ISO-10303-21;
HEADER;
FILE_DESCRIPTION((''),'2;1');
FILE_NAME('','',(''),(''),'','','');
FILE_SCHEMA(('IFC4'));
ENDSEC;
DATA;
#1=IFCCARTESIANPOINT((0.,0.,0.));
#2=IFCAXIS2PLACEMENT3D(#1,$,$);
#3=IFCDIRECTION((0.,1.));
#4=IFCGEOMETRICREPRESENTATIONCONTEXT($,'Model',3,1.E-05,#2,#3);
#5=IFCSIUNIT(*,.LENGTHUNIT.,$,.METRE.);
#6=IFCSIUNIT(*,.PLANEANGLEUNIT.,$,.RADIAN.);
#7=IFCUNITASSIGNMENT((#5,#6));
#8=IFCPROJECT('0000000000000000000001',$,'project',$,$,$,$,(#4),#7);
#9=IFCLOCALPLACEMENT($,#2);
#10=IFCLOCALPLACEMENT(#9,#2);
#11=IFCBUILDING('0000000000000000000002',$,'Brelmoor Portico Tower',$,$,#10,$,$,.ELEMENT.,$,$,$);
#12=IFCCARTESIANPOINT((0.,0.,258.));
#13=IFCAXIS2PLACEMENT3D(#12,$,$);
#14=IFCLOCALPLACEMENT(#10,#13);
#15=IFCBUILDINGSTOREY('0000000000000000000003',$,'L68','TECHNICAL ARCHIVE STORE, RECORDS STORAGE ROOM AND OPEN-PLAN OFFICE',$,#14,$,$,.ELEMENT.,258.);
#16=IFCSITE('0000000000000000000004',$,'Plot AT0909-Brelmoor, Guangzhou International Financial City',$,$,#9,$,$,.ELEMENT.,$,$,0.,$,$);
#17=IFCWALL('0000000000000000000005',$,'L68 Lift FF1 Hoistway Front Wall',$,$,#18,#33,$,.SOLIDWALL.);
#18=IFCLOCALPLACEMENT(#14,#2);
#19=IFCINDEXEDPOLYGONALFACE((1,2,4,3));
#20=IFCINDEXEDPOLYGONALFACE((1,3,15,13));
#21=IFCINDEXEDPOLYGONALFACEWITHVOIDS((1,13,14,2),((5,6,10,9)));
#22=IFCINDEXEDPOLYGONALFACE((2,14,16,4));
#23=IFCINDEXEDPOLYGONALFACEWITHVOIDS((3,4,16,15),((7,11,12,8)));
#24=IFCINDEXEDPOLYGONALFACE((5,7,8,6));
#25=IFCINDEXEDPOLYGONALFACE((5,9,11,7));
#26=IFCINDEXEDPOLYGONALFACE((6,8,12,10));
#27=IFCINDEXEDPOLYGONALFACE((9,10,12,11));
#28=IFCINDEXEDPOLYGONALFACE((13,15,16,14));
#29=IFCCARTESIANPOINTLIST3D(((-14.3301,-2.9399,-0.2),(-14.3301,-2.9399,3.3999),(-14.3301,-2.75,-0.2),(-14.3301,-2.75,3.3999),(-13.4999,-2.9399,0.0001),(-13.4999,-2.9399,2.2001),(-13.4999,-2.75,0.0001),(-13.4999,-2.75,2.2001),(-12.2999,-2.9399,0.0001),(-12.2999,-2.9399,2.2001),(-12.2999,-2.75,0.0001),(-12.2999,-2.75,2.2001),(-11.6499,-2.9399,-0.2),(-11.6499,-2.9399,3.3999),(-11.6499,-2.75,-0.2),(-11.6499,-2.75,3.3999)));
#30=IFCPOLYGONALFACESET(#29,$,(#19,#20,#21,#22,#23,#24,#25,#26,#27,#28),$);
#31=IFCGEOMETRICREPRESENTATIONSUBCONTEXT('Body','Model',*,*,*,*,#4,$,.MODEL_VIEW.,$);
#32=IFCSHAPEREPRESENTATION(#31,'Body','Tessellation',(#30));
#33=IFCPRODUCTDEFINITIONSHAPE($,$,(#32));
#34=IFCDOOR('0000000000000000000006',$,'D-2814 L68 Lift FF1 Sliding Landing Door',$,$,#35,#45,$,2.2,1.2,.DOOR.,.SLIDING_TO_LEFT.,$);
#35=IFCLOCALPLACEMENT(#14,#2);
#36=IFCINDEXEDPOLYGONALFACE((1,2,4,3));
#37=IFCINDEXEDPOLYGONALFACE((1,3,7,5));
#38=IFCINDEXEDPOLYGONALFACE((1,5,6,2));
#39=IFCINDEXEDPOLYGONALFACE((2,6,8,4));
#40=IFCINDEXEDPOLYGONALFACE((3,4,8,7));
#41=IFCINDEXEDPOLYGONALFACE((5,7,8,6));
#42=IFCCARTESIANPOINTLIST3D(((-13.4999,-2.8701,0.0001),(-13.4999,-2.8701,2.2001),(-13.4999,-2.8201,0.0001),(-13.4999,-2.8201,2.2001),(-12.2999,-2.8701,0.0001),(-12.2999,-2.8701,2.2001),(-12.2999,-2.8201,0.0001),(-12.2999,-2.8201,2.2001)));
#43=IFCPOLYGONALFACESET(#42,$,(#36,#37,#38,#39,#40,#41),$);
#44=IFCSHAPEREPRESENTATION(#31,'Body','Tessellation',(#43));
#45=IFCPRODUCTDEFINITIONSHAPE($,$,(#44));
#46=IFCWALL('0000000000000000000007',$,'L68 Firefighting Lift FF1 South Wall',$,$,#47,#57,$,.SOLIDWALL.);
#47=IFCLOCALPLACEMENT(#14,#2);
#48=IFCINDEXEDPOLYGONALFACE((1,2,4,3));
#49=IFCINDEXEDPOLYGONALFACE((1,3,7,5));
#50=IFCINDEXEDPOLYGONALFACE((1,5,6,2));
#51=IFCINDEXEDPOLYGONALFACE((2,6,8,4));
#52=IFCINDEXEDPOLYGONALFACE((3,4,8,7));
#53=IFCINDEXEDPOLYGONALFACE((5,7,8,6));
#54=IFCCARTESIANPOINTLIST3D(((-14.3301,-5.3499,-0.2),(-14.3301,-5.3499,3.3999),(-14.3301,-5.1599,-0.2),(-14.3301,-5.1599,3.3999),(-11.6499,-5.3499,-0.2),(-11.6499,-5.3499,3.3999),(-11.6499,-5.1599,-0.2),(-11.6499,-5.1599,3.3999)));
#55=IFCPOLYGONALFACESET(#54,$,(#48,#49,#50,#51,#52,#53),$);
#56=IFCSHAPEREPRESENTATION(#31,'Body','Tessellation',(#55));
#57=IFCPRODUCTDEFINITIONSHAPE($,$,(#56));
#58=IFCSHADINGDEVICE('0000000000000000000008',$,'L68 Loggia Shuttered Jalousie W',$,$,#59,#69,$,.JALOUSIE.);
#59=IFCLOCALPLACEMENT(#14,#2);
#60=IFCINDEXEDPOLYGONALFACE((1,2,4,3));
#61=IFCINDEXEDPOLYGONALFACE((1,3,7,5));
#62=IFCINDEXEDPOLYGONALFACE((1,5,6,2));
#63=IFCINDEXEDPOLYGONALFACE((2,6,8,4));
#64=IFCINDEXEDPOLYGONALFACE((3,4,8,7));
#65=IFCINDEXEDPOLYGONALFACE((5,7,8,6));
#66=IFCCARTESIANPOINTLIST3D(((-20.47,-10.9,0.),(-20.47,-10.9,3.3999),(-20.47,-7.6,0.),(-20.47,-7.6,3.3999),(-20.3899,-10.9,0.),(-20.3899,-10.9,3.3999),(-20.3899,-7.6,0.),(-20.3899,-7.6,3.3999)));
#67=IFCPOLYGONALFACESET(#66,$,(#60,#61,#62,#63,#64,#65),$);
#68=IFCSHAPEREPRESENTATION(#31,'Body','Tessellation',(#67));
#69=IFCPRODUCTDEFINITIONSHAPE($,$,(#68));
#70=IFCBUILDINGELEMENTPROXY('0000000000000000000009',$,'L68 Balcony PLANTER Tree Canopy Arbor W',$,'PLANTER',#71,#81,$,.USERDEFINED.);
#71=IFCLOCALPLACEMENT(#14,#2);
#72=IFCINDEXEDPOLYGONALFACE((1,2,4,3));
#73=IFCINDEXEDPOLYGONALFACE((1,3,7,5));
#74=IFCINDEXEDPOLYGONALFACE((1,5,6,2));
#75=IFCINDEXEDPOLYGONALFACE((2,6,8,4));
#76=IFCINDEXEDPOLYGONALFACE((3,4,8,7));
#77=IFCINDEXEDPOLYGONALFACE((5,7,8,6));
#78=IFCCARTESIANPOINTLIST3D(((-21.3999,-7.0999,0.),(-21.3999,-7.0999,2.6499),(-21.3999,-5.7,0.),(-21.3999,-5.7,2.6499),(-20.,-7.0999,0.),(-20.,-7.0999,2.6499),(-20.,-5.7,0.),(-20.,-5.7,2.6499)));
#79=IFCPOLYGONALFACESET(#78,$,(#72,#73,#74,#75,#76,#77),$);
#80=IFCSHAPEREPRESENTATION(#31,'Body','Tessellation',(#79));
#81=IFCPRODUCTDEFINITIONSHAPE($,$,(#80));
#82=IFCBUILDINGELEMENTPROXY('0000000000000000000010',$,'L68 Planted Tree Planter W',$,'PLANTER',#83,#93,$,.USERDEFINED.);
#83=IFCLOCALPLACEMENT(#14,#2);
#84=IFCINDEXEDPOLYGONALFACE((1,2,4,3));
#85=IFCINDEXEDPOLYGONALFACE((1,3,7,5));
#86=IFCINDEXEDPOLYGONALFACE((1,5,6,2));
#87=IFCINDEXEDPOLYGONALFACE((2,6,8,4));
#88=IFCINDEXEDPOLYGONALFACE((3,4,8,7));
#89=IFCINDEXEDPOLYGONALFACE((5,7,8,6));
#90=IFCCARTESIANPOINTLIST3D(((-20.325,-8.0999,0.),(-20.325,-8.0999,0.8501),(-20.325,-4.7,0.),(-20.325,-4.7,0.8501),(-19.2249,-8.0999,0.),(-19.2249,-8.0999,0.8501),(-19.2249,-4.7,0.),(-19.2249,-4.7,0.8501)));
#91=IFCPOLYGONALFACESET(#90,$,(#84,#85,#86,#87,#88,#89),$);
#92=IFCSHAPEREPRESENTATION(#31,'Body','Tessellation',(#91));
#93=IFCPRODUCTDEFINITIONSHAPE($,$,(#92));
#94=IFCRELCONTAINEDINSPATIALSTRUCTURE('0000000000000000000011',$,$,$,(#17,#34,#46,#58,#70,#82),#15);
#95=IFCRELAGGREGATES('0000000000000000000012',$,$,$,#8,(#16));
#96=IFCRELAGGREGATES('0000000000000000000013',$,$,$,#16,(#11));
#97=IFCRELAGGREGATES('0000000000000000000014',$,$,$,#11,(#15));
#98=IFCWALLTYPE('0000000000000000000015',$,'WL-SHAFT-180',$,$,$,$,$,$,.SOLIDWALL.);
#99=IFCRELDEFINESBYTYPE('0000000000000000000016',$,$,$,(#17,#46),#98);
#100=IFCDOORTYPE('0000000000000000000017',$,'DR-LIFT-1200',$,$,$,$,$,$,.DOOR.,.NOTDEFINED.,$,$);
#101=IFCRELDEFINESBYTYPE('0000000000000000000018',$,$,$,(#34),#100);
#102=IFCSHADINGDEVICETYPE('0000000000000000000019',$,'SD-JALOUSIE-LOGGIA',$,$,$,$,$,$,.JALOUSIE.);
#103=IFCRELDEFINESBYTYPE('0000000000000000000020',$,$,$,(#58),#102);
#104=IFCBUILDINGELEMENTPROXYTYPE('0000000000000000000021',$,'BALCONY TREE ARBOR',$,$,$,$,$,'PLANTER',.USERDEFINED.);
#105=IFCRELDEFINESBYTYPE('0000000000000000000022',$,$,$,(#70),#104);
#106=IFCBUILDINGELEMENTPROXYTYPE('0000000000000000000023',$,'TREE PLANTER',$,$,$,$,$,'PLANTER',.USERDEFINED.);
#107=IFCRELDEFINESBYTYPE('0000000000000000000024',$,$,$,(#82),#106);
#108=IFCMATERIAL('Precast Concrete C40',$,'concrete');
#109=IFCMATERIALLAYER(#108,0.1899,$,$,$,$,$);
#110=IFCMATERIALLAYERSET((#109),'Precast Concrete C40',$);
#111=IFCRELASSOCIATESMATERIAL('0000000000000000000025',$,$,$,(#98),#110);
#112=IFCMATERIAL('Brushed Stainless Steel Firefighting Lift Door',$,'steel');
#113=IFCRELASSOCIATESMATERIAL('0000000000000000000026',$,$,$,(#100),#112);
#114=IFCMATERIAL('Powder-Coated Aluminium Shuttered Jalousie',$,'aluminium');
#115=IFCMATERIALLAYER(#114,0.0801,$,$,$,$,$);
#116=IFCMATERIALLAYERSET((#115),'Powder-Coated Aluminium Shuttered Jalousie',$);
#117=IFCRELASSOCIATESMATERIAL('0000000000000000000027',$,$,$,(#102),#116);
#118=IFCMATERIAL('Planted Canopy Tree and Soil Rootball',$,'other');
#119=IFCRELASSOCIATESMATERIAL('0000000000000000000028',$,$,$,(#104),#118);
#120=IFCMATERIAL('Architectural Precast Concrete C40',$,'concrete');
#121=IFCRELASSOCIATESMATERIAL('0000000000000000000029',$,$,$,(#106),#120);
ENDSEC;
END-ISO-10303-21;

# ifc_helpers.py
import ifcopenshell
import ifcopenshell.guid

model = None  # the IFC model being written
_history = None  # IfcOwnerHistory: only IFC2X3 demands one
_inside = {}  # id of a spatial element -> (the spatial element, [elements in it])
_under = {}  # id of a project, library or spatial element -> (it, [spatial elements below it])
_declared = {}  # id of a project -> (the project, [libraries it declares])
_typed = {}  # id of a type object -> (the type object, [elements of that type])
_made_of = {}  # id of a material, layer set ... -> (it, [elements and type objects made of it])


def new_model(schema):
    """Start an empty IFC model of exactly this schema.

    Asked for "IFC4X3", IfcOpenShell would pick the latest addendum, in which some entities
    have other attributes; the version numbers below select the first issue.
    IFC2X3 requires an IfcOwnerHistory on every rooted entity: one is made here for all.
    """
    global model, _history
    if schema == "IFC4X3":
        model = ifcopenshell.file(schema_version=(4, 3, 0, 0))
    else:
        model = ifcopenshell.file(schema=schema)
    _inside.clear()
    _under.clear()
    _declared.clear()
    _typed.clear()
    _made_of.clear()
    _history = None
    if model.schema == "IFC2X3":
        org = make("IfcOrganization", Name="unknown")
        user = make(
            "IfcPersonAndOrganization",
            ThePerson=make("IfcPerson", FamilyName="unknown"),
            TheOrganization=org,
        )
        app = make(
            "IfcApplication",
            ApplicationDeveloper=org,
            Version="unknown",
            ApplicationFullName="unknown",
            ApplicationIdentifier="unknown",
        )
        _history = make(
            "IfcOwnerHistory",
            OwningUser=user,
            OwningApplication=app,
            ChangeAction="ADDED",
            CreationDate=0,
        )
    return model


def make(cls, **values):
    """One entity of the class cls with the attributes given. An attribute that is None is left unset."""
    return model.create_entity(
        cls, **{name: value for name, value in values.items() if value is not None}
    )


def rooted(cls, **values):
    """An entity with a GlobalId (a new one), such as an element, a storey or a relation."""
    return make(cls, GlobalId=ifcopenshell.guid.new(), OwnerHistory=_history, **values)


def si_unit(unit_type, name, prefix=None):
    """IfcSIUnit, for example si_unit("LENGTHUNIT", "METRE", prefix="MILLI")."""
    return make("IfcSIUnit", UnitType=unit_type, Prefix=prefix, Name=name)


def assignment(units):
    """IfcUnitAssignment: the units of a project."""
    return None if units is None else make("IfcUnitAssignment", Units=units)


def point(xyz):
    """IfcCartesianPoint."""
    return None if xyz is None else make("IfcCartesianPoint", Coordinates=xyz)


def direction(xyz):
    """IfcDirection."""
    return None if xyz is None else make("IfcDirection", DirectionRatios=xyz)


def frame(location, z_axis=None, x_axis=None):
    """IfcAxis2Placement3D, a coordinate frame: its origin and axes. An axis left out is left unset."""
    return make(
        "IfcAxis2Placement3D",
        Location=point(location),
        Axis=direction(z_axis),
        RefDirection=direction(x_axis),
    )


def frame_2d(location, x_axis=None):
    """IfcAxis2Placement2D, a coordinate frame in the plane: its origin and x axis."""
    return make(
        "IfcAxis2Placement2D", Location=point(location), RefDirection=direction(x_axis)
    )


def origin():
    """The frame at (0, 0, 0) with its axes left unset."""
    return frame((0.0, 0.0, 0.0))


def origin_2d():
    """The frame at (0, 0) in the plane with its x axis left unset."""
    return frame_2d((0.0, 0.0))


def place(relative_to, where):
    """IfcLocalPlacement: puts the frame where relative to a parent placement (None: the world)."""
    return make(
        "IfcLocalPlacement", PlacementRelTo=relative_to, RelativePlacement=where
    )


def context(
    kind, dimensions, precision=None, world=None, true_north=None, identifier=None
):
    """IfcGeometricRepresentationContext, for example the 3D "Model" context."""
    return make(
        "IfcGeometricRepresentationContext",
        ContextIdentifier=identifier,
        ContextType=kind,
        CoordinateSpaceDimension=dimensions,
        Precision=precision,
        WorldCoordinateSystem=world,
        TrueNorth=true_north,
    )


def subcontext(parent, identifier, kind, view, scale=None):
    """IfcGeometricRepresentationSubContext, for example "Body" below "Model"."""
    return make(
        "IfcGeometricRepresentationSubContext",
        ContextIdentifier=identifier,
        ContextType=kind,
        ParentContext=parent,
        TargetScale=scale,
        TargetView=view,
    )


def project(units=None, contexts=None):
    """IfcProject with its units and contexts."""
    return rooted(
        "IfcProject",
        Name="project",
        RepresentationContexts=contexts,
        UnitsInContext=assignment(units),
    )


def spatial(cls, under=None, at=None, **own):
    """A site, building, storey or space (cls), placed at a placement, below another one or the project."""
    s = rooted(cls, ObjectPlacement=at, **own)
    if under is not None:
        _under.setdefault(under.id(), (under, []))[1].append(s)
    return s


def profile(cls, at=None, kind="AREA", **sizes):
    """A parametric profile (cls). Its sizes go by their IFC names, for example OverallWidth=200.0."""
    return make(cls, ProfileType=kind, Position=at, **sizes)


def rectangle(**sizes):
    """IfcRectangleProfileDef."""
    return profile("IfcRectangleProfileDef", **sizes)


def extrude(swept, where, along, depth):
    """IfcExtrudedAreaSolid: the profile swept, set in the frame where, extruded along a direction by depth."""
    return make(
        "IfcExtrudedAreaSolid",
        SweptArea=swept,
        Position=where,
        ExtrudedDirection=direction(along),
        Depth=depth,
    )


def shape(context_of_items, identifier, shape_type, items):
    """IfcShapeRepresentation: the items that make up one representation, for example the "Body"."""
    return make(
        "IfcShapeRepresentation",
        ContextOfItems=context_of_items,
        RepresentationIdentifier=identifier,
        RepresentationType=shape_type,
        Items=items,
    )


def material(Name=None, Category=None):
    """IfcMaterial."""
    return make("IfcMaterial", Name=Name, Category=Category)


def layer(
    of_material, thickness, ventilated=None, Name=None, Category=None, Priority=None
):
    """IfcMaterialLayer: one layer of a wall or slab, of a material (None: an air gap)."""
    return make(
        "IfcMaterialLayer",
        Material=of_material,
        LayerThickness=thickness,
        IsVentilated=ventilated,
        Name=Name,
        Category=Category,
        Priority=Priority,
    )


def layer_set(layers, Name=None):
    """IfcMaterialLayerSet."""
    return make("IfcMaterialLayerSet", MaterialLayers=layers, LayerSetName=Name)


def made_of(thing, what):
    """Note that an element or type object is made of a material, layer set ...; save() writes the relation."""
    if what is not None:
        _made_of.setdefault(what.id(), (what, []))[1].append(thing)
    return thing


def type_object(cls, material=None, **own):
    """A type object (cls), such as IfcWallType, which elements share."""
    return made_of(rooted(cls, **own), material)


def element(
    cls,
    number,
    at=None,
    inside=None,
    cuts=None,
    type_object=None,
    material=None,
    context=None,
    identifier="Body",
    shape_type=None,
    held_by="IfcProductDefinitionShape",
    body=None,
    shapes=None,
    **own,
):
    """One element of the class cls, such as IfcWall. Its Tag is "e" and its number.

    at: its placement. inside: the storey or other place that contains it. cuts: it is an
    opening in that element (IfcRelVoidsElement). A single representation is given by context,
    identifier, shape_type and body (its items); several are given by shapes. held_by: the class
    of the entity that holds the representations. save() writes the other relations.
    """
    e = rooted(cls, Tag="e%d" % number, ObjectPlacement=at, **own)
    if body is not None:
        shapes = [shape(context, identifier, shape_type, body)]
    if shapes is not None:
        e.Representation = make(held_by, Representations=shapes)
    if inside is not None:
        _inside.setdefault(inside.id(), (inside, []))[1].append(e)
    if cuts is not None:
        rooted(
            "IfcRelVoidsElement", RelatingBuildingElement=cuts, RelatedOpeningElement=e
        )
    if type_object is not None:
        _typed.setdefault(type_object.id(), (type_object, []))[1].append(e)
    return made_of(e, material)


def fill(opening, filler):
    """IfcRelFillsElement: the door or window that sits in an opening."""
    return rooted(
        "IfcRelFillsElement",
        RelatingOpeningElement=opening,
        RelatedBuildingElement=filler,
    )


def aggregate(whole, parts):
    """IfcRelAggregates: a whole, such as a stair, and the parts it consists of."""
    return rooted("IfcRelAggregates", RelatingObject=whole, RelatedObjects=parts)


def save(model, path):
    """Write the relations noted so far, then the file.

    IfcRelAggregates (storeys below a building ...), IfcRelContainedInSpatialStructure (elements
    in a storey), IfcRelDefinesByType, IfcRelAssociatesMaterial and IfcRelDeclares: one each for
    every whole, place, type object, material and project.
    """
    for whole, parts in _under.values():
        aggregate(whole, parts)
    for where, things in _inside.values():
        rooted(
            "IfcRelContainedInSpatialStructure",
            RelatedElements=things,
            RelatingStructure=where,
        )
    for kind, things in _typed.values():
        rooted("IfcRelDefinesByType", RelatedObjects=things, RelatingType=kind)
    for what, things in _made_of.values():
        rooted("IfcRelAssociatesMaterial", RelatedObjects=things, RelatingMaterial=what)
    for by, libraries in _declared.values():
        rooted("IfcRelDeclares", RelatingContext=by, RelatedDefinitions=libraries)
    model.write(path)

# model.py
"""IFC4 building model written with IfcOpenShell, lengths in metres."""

from ifc_helpers import new_model, si_unit, direction, frame, frame_2d, origin, origin_2d, place, context, subcontext, project, spatial, rectangle, extrude, material, layer, layer_set, type_object, element, fill, save


model = new_model("IFC4")

# Units and contexts
model_context = context("Model", 3, precision=1e-05, world=origin(), true_north=direction((0.0, 1.0)))
body_context = subcontext(model_context, "Body", "Model", "MODEL_VIEW")
ifc_project = project(units=[si_unit("LENGTHUNIT", "METRE"), si_unit("PLANEANGLEUNIT", "RADIAN")], contexts=[model_context])

# Site, building, storey
site_placement = place(None, origin())
site = spatial("IfcSite", under=ifc_project, at=site_placement, Name="Plot AT0909-Brelmoor, Guangzhou International Financial City", CompositionType="ELEMENT", RefElevation=0.0)
building_placement = place(site_placement, origin())
building = spatial("IfcBuilding", under=site, at=building_placement, Name="Brelmoor Portico Tower", CompositionType="ELEMENT")
storey_placement = place(building_placement, frame((0.0, 0.0, 258.0)))
storey = spatial("IfcBuildingStorey", under=building, at=storey_placement, Name="L68", Description="TECHNICAL ARCHIVE STORE, RECORDS STORAGE ROOM AND OPEN-PLAN OFFICE", CompositionType="ELEMENT", Elevation=258.0)

# Wall, opening, door
ifc_material_1 = material(Name="Precast Concrete C40", Category="concrete")
ifc_layer_1 = layer(ifc_material_1, 0.1899)
ifc_layer_set_1 = layer_set([ifc_layer_1], Name="Precast Concrete C40")
wall_type_1 = type_object("IfcWallType", Name="WL-SHAFT-180", PredefinedType="SOLIDWALL", material=ifc_layer_set_1)
wall_1_placement = place(storey_placement, frame((-14.3301, -2.845, -0.2), z_axis=(0.0, 0.0, 1.0), x_axis=(1.0, 0.0, 0.0)))
wall_1 = element("IfcWall", 1, at=wall_1_placement, inside=storey, type_object=wall_type_1, Name="L68 Lift FF1 Hoistway Front Wall", PredefinedType="SOLIDWALL", context=body_context, shape_type="SweptSolid", body=[
    extrude(rectangle(XDim=2.6802, YDim=0.1899, at=frame_2d((1.3401, 0.0))), origin(), (0.0, 0.0, 1.0), 3.5999),
])
opening_1_placement = place(wall_1_placement, frame((0.8301, 0.0, 0.2)))
opening_1 = element("IfcOpeningElement", 2, at=opening_1_placement, cuts=wall_1, PredefinedType="OPENING", context=body_context, shape_type="SweptSolid", body=[
    extrude(rectangle(XDim=1.2, YDim=2.2, at=frame_2d((0.6001, 1.1001))), frame((0.0, 0.105, 0.0), z_axis=(0.0, -1.0, 0.0), x_axis=(1.0, 0.0, 0.0)), (0.0, 0.0, 1.0), 0.21),
])
ifc_material_2 = material(Name="Brushed Stainless Steel Firefighting Lift Door", Category="steel")
door_type_1 = type_object("IfcDoorType", Name="DR-LIFT-1200", OperationType="NOTDEFINED", PredefinedType="DOOR", material=ifc_material_2)
door_1_placement = place(opening_1_placement, origin())
door_1 = element("IfcDoor", 3, at=door_1_placement, inside=storey, type_object=door_type_1, Name="D-2814 L68 Lift FF1 Sliding Landing Door", OperationType="SLIDING_TO_LEFT", OverallHeight=2.2, OverallWidth=1.2, PredefinedType="DOOR", context=body_context, shape_type="SweptSolid", body=[
    extrude(rectangle(XDim=1.2, YDim=2.2, at=frame_2d((0.6001, 1.1001))), frame((0.0, 0.0249, 0.0), z_axis=(0.0, -1.0, 0.0), x_axis=(1.0, 0.0, 0.0)), (0.0, 0.0, 1.0), 0.05),
])
fill(opening_1, door_1)

# Wall
wall_2_placement = place(storey_placement, frame((-14.3301, -5.2549, -0.2), z_axis=(0.0, 0.0, 1.0), x_axis=(1.0, 0.0, 0.0)))
element("IfcWall", 4, at=wall_2_placement, inside=storey, type_object=wall_type_1, Name="L68 Firefighting Lift FF1 South Wall", PredefinedType="SOLIDWALL", context=body_context, shape_type="SweptSolid", body=[
    extrude(rectangle(XDim=2.6802, YDim=0.1899, at=frame_2d((1.3401, 0.0))), origin(), (0.0, 0.0, 1.0), 3.5999),
])

# Shading device
ifc_material_3 = material(Name="Powder-Coated Aluminium Shuttered Jalousie", Category="aluminium")
ifc_layer_2 = layer(ifc_material_3, 0.0801)
ifc_layer_set_2 = layer_set([ifc_layer_2], Name="Powder-Coated Aluminium Shuttered Jalousie")
shading_device_type = type_object("IfcShadingDeviceType", Name="SD-JALOUSIE-LOGGIA", PredefinedType="JALOUSIE", material=ifc_layer_set_2)
shading_device_placement = place(storey_placement, frame((-20.4299, -9.25, 0.0), z_axis=(0.0, 0.0, 1.0), x_axis=(0.0, 1.0, 0.0)))
element("IfcShadingDevice", 5, at=shading_device_placement, inside=storey, type_object=shading_device_type, Name="L68 Loggia Shuttered Jalousie W", PredefinedType="JALOUSIE", context=body_context, shape_type="SweptSolid", body=[
    extrude(rectangle(XDim=3.3, YDim=0.0801, at=origin_2d()), origin(), (0.0, 0.0, 1.0), 3.3999),
])

# Building element proxies
ifc_material_4 = material(Name="Planted Canopy Tree and Soil Rootball", Category="other")
building_element_proxy_type_1 = type_object("IfcBuildingElementProxyType", Name="BALCONY TREE ARBOR", ElementType="PLANTER", PredefinedType="USERDEFINED", material=ifc_material_4)
proxy_1_placement = place(storey_placement, frame((-20.7, -6.3999, 0.0), z_axis=(0.0, 0.0, 1.0), x_axis=(1.0, 0.0, 0.0)))
element("IfcBuildingElementProxy", 6, at=proxy_1_placement, inside=storey, type_object=building_element_proxy_type_1, Name="L68 Balcony PLANTER Tree Canopy Arbor W", ObjectType="PLANTER", PredefinedType="USERDEFINED", context=body_context, shape_type="SweptSolid", body=[
    extrude(rectangle(XDim=1.3999, YDim=1.3999, at=origin_2d()), origin(), (0.0, 0.0, 1.0), 2.6499),
])
ifc_material_5 = material(Name="Architectural Precast Concrete C40", Category="concrete")
building_element_proxy_type_2 = type_object("IfcBuildingElementProxyType", Name="TREE PLANTER", ElementType="PLANTER", PredefinedType="USERDEFINED", material=ifc_material_5)
proxy_2_placement = place(storey_placement, frame((-19.7749, -6.3999, 0.0), z_axis=(0.0, 0.0, 1.0), x_axis=(0.0, 1.0, 0.0)))
element("IfcBuildingElementProxy", 7, at=proxy_2_placement, inside=storey, type_object=building_element_proxy_type_2, Name="L68 Planted Tree Planter W", ObjectType="PLANTER", PredefinedType="USERDEFINED", context=body_context, shape_type="SweptSolid", body=[
    extrude(rectangle(XDim=3.3999, YDim=1.1001, at=origin_2d()), origin(), (0.0, 0.0, 1.0), 0.8501),
])

save(model, "model.ifc")
